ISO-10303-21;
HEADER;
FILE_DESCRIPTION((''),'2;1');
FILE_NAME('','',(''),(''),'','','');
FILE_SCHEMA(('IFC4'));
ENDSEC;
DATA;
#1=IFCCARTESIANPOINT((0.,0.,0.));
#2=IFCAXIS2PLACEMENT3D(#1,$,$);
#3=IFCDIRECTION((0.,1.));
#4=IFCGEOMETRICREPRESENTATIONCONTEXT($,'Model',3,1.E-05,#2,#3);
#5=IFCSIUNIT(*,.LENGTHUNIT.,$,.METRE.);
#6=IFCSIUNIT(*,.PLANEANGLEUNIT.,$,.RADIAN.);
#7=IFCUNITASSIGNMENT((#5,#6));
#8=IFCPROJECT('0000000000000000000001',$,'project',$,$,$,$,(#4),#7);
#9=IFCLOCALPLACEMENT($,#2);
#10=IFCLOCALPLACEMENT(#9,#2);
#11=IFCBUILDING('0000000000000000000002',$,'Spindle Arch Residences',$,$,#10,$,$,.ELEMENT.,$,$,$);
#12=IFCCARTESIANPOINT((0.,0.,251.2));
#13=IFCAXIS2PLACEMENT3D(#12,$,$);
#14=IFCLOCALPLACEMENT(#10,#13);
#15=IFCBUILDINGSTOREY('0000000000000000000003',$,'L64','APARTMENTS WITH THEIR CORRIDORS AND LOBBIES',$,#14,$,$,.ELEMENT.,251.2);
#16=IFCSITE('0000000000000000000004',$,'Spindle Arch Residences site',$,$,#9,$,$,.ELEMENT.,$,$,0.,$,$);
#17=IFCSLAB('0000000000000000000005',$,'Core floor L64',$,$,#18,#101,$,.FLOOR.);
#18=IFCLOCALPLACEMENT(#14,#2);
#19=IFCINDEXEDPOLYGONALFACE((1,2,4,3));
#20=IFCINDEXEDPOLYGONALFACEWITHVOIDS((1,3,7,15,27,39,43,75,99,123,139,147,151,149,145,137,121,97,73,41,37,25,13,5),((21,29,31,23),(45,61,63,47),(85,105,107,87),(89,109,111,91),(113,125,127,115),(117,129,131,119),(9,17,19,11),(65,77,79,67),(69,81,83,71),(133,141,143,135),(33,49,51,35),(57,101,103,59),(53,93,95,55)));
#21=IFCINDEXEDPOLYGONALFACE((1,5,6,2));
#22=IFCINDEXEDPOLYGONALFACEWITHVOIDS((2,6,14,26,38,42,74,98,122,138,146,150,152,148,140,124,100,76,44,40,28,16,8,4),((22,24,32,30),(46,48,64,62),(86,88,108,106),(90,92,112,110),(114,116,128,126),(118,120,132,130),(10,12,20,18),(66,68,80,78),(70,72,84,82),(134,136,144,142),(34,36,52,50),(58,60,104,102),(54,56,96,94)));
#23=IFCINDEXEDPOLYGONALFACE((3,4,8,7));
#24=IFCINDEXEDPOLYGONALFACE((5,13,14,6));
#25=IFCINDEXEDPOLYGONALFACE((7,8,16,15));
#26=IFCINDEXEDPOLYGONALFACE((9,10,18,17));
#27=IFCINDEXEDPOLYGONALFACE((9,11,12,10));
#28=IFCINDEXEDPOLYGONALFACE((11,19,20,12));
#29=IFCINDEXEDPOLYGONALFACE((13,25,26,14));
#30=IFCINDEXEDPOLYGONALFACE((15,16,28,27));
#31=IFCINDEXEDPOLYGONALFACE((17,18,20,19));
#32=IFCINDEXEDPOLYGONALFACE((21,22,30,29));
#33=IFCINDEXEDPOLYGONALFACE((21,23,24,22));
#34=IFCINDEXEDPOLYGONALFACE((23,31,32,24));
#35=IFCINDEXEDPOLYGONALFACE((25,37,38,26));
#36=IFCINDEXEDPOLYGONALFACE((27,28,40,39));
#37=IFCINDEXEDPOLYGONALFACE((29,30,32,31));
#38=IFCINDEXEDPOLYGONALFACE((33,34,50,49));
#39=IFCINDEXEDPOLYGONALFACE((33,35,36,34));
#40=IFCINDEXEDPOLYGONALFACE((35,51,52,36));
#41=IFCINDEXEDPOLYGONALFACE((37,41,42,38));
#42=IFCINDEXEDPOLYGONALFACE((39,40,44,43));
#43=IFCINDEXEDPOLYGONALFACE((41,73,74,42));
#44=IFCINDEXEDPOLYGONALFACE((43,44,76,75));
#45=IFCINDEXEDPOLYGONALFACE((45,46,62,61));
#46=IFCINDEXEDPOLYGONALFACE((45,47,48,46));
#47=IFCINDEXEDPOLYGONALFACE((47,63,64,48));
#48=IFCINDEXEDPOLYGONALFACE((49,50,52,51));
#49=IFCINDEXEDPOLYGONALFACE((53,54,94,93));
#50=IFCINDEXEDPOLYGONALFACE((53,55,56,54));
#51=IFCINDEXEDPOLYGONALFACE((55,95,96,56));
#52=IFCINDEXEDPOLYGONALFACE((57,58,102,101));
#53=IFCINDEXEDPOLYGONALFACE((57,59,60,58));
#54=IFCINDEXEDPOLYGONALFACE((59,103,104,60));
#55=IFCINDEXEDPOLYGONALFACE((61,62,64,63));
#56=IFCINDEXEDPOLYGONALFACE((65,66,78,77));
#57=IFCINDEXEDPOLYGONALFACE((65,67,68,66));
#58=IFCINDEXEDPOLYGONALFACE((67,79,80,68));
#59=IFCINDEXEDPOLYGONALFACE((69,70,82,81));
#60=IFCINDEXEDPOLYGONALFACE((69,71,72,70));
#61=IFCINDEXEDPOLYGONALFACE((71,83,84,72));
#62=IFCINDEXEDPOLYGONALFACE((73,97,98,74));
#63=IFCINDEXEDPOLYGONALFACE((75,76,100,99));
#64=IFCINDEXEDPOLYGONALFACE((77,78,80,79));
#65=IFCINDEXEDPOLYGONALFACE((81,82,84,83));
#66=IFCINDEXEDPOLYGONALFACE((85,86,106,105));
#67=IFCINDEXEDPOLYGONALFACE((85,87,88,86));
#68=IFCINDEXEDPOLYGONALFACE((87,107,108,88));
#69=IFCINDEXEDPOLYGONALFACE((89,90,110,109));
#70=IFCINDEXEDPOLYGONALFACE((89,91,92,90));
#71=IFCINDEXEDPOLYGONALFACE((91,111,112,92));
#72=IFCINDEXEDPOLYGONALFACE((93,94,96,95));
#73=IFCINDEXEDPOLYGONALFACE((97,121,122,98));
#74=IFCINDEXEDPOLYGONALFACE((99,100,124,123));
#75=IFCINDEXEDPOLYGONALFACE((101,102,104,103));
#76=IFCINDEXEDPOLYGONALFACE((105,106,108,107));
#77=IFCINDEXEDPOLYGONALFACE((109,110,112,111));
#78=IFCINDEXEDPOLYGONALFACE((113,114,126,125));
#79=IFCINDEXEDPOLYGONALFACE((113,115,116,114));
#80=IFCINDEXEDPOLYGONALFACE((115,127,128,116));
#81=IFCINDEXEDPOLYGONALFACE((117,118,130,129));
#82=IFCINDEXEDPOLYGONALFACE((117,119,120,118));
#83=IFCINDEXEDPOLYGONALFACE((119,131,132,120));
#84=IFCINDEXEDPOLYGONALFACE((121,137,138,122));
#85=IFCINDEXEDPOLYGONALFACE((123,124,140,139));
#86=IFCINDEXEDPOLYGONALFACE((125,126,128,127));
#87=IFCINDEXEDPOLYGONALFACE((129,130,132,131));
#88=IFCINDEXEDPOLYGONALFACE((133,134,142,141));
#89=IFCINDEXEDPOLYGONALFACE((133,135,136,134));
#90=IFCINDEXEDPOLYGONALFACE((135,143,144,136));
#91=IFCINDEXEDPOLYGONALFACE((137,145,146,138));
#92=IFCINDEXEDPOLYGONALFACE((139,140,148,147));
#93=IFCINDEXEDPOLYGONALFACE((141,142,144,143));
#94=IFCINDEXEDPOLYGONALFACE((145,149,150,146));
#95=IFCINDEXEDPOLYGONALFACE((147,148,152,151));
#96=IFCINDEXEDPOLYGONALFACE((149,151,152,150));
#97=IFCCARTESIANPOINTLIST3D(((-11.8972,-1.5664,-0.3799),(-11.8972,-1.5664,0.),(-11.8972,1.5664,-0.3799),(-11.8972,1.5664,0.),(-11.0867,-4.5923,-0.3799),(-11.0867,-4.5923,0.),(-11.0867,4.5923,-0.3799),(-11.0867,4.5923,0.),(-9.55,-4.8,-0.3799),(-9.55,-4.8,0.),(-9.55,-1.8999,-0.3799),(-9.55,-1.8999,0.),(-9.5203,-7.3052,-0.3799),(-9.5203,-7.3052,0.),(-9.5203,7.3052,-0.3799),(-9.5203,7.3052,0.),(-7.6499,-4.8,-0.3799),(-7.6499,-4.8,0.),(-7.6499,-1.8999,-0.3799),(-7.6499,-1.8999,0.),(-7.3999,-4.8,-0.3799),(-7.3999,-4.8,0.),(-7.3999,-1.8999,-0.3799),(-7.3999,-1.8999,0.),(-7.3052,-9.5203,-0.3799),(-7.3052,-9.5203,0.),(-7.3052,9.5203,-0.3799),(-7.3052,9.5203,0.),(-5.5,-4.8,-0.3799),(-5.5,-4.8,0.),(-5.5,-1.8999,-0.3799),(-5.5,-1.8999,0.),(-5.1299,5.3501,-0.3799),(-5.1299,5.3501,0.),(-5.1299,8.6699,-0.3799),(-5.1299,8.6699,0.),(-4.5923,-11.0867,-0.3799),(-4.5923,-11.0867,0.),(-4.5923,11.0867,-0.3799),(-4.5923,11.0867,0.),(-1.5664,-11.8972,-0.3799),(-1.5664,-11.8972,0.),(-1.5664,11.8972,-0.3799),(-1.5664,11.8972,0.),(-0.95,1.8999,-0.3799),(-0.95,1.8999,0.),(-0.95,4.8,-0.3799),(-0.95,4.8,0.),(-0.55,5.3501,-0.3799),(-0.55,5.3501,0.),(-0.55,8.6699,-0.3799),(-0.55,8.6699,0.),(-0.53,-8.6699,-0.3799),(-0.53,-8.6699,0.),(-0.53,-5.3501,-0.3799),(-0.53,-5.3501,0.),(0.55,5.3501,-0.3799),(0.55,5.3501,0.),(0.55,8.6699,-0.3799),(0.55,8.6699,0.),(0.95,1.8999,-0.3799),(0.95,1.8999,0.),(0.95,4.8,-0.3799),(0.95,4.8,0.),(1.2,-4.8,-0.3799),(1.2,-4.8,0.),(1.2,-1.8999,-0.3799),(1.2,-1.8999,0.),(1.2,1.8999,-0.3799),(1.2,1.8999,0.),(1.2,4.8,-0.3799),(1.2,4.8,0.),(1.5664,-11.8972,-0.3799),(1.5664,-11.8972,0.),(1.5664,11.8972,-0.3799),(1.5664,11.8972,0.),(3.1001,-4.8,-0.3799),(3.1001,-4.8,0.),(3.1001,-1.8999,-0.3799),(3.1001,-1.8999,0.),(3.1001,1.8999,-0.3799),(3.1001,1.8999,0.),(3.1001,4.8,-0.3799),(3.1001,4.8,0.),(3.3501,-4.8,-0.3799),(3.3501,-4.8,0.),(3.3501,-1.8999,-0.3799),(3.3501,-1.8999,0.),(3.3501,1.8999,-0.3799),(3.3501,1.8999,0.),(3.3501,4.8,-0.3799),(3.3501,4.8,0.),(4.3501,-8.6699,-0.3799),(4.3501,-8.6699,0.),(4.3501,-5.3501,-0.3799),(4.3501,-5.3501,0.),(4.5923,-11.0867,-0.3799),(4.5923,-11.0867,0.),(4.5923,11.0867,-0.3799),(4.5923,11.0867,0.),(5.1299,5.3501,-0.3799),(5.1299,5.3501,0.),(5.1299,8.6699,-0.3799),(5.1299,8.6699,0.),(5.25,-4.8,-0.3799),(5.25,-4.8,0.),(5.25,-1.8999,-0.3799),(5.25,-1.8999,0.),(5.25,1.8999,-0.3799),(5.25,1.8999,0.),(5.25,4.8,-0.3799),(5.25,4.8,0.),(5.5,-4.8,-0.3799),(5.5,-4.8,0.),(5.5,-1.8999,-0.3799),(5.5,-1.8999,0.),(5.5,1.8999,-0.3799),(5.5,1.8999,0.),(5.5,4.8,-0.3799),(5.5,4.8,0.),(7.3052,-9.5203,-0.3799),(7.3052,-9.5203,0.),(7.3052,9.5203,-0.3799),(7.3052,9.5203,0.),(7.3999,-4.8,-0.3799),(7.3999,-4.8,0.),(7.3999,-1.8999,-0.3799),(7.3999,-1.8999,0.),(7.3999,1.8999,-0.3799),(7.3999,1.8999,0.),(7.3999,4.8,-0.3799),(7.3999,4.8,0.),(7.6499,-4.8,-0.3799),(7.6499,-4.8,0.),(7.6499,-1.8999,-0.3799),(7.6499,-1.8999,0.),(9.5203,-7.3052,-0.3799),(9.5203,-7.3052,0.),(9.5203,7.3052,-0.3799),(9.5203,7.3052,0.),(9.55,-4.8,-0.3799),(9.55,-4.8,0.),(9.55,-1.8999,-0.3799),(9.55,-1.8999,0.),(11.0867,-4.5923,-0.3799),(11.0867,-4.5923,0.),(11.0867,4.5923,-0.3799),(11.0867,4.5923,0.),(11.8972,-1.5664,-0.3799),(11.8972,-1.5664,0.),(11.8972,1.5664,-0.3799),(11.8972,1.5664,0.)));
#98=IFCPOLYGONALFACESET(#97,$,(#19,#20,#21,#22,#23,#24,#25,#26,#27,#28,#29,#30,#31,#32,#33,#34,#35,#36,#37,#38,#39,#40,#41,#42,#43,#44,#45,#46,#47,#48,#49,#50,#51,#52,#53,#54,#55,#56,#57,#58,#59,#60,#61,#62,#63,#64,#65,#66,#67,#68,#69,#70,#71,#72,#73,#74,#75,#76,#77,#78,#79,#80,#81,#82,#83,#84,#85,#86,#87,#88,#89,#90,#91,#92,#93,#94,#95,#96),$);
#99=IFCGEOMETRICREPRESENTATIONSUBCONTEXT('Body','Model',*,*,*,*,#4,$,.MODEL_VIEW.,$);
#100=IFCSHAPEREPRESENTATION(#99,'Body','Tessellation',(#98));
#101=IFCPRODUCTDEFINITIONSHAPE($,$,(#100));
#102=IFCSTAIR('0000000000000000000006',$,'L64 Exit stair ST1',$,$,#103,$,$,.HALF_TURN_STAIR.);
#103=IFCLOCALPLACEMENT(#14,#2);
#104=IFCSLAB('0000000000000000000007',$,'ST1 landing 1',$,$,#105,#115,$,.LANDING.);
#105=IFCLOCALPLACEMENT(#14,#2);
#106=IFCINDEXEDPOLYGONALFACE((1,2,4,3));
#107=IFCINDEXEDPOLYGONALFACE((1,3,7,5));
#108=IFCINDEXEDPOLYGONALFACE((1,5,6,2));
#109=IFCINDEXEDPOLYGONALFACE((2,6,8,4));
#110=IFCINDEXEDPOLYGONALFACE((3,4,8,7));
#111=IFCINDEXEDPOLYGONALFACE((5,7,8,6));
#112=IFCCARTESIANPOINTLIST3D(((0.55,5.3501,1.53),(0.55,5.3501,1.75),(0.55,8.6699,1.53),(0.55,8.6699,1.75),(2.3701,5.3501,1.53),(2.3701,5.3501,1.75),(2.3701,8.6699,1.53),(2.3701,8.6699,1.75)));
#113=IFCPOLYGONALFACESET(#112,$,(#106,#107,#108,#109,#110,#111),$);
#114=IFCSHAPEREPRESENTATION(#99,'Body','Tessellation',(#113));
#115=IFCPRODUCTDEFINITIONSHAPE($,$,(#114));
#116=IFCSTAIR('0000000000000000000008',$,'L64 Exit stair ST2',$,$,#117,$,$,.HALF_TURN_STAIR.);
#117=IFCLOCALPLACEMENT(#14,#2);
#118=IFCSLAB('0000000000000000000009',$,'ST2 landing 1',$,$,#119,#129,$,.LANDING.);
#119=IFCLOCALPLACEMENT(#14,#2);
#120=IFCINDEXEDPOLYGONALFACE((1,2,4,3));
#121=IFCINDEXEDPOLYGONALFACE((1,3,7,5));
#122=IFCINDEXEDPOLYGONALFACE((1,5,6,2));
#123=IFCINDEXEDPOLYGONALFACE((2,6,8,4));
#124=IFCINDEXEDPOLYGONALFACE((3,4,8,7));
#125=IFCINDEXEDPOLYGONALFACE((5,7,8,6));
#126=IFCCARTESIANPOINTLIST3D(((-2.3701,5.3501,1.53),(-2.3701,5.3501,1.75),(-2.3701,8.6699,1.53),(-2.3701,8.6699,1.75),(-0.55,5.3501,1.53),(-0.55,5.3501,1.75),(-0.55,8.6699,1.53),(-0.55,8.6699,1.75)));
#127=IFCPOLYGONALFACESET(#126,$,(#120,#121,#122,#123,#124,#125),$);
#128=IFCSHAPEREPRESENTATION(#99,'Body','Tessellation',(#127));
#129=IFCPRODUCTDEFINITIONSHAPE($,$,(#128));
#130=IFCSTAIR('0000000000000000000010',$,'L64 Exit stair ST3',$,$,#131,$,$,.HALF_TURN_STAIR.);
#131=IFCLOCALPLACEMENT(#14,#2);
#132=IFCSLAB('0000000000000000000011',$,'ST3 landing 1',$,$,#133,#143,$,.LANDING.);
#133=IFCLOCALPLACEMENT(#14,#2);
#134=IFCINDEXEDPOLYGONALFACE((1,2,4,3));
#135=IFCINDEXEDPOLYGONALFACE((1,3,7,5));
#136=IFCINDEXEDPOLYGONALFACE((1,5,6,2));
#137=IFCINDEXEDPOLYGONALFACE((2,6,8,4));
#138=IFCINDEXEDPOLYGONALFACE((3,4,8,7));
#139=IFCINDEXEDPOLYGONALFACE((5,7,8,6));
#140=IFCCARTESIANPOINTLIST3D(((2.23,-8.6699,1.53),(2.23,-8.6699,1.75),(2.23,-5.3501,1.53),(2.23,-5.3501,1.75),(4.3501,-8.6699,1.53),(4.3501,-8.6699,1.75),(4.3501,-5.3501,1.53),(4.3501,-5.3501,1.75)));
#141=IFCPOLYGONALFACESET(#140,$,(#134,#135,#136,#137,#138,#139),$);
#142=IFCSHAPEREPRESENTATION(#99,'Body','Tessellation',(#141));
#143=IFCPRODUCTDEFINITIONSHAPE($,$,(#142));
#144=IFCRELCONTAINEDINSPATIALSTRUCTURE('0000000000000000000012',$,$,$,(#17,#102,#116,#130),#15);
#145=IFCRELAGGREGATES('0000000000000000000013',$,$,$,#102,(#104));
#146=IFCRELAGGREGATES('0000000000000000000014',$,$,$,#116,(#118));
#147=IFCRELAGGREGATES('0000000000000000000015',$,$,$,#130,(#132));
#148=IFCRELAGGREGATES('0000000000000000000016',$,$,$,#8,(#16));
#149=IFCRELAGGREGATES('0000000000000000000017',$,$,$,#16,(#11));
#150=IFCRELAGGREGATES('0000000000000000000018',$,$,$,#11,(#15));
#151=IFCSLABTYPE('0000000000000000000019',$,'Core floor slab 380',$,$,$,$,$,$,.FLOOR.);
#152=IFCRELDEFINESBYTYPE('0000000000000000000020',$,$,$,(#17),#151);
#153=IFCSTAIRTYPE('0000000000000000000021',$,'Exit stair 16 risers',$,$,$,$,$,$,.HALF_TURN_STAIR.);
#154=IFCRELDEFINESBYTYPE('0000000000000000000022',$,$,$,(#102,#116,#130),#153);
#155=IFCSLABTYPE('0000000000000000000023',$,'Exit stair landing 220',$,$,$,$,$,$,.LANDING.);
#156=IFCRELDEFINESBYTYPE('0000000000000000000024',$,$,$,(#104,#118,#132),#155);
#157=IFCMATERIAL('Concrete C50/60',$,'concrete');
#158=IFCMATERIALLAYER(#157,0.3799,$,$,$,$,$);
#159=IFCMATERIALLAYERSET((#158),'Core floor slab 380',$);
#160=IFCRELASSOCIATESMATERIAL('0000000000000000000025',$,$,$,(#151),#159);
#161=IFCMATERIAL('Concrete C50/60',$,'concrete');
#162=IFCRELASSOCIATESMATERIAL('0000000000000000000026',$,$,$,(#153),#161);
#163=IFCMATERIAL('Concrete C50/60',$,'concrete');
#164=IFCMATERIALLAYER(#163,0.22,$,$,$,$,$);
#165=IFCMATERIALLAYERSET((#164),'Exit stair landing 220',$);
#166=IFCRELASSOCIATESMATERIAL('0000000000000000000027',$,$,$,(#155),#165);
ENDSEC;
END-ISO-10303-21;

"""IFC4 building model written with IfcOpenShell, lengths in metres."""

from ifc_helpers import new_model, si_unit, direction, frame, origin, place, context, subcontext, project, spatial, polyline, outline, extrude, material, layer, layer_set, type_object, element, aggregate, save


model = new_model("IFC4")

# Units and contexts
model_context = context("Model", 3, precision=1e-05, world=origin(), true_north=direction((0.0, 1.0)))
body_context = subcontext(model_context, "Body", "Model", "MODEL_VIEW")
ifc_project = project(units=[si_unit("LENGTHUNIT", "METRE"), si_unit("PLANEANGLEUNIT", "RADIAN")], contexts=[model_context])

# Site, building, storey
site_placement = place(None, origin())
site = spatial("IfcSite", under=ifc_project, at=site_placement, Name="Spindle Arch Residences site", CompositionType="ELEMENT", RefElevation=0.0)
building_placement = place(site_placement, origin())
building = spatial("IfcBuilding", under=site, at=building_placement, Name="Spindle Arch Residences", CompositionType="ELEMENT")
storey_placement = place(building_placement, frame((0.0, 0.0, 251.2)))
storey = spatial("IfcBuildingStorey", under=building, at=storey_placement, Name="L64", Description="APARTMENTS WITH THEIR CORRIDORS AND LOBBIES", CompositionType="ELEMENT", Elevation=251.2)

# Slab
ifc_material_1 = material(Name="Concrete C50/60", Category="concrete")
ifc_layer_1 = layer(ifc_material_1, 0.3799)
ifc_layer_set_1 = layer_set([ifc_layer_1], Name="Core floor slab 380")
slab_type_1 = type_object("IfcSlabType", Name="Core floor slab 380", PredefinedType="FLOOR", material=ifc_layer_set_1)
slab_1_placement = place(storey_placement, frame((0.0, 0.0, -0.3799)))
element("IfcSlab", 1, at=slab_1_placement, inside=storey, type_object=slab_type_1, Name="Core floor L64", PredefinedType="FLOOR", context=body_context, shape_type="SweptSolid", body=[
    extrude(outline(polyline([(1.5664, -11.8972), (4.5923, -11.0867), (7.3052, -9.5203), (9.5203, -7.3052), (11.0867, -4.5923), (11.8972, -1.5664), (11.8972, 1.5664), (11.0867, 4.5923), (9.5203, 7.3052), (7.3052, 9.5203), (4.5923, 11.0867), (1.5664, 11.8972), (-1.5664, 11.8972), (-4.5923, 11.0867), (-7.3052, 9.5203), (-9.5203, 7.3052), (-11.0867, 4.5923), (-11.8972, 1.5664), (-11.8972, -1.5664), (-11.0867, -4.5923), (-9.5203, -7.3052), (-7.3052, -9.5203), (-4.5923, -11.0867), (-1.5664, -11.8972), (1.5664, -11.8972)]), holes=[polyline([(-0.95, 1.8999), (0.95, 1.8999), (0.95, 4.8), (-0.95, 4.8), (-0.95, 1.8999)]), polyline([(1.2, 1.8999), (3.1001, 1.8999), (3.1001, 4.8), (1.2, 4.8), (1.2, 1.8999)]), polyline([(3.3501, 1.8999), (5.25, 1.8999), (5.25, 4.8), (3.3501, 4.8), (3.3501, 1.8999)]), polyline([(5.5, 1.8999), (7.3999, 1.8999), (7.3999, 4.8), (5.5, 4.8), (5.5, 1.8999)]), polyline([(-9.55, -4.8), (-7.6499, -4.8), (-7.6499, -1.8999), (-9.55, -1.8999), (-9.55, -4.8)]), polyline([(-7.3999, -4.8), (-5.5, -4.8), (-5.5, -1.8999), (-7.3999, -1.8999), (-7.3999, -4.8)]), polyline([(1.2, -4.8), (3.1001, -4.8), (3.1001, -1.8999), (1.2, -1.8999), (1.2, -4.8)]), polyline([(3.3501, -4.8), (5.25, -4.8), (5.25, -1.8999), (3.3501, -1.8999), (3.3501, -4.8)]), polyline([(5.5, -4.8), (7.3999, -4.8), (7.3999, -1.8999), (5.5, -1.8999), (5.5, -4.8)]), polyline([(7.6499, -4.8), (9.55, -4.8), (9.55, -1.8999), (7.6499, -1.8999), (7.6499, -4.8)]), polyline([(5.1299, 8.6699), (0.55, 8.6699), (0.55, 5.3501), (5.1299, 5.3501), (5.1299, 8.6699)]), polyline([(-5.1299, 5.3501), (-0.55, 5.3501), (-0.55, 8.6699), (-5.1299, 8.6699), (-5.1299, 5.3501)]), polyline([(-0.53, -8.6699), (4.3501, -8.6699), (4.3501, -5.3501), (-0.53, -5.3501), (-0.53, -8.6699)])]), origin(), (0.0, 0.0, 1.0), 0.3799),
])

# Stairs, slabs
ifc_material_2 = material(Name="Concrete C50/60", Category="concrete")
stair_type = type_object("IfcStairType", Name="Exit stair 16 risers", PredefinedType="HALF_TURN_STAIR", material=ifc_material_2)
stair_1_placement = place(storey_placement, origin())
stair_1 = element("IfcStair", 2, at=stair_1_placement, inside=storey, type_object=stair_type, Name="L64 Exit stair ST1", PredefinedType="HALF_TURN_STAIR")
ifc_material_3 = material(Name="Concrete C50/60", Category="concrete")
ifc_layer_2 = layer(ifc_material_3, 0.22)
ifc_layer_set_2 = layer_set([ifc_layer_2], Name="Exit stair landing 220")
slab_type_2 = type_object("IfcSlabType", Name="Exit stair landing 220", PredefinedType="LANDING", material=ifc_layer_set_2)
slab_2_placement = place(storey_placement, frame((0.0, 0.0, 1.53)))
slab_2 = element("IfcSlab", 3, at=slab_2_placement, type_object=slab_type_2, Name="ST1 landing 1", PredefinedType="LANDING", context=body_context, shape_type="SweptSolid", body=[
    extrude(outline(polyline([(2.3701, 8.6699), (0.55, 8.6699), (0.55, 5.3501), (2.3701, 5.3501), (2.3701, 8.6699)])), origin(), (0.0, 0.0, 1.0), 0.22),
])
aggregate(stair_1, [slab_2])
stair_2_placement = place(storey_placement, origin())
stair_2 = element("IfcStair", 4, at=stair_2_placement, inside=storey, type_object=stair_type, Name="L64 Exit stair ST2", PredefinedType="HALF_TURN_STAIR")
slab_3_placement = place(storey_placement, frame((0.0, 0.0, 1.53)))
slab_3 = element("IfcSlab", 5, at=slab_3_placement, type_object=slab_type_2, Name="ST2 landing 1", PredefinedType="LANDING", context=body_context, shape_type="SweptSolid", body=[
    extrude(outline(polyline([(-2.3701, 5.3501), (-0.55, 5.3501), (-0.55, 8.6699), (-2.3701, 8.6699), (-2.3701, 5.3501)])), origin(), (0.0, 0.0, 1.0), 0.22),
])
aggregate(stair_2, [slab_3])
stair_3_placement = place(storey_placement, origin())
stair_3 = element("IfcStair", 6, at=stair_3_placement, inside=storey, type_object=stair_type, Name="L64 Exit stair ST3", PredefinedType="HALF_TURN_STAIR")
slab_4_placement = place(storey_placement, frame((0.0, 0.0, 1.53)))
slab_4 = element("IfcSlab", 7, at=slab_4_placement, type_object=slab_type_2, Name="ST3 landing 1", PredefinedType="LANDING", context=body_context, shape_type="SweptSolid", body=[
    extrude(outline(polyline([(2.23, -8.6699), (4.3501, -8.6699), (4.3501, -5.3501), (2.23, -5.3501), (2.23, -8.6699)])), origin(), (0.0, 0.0, 1.0), 0.22),
])

aggregate(stair_3, [slab_4])

save(model, "model.ifc")
